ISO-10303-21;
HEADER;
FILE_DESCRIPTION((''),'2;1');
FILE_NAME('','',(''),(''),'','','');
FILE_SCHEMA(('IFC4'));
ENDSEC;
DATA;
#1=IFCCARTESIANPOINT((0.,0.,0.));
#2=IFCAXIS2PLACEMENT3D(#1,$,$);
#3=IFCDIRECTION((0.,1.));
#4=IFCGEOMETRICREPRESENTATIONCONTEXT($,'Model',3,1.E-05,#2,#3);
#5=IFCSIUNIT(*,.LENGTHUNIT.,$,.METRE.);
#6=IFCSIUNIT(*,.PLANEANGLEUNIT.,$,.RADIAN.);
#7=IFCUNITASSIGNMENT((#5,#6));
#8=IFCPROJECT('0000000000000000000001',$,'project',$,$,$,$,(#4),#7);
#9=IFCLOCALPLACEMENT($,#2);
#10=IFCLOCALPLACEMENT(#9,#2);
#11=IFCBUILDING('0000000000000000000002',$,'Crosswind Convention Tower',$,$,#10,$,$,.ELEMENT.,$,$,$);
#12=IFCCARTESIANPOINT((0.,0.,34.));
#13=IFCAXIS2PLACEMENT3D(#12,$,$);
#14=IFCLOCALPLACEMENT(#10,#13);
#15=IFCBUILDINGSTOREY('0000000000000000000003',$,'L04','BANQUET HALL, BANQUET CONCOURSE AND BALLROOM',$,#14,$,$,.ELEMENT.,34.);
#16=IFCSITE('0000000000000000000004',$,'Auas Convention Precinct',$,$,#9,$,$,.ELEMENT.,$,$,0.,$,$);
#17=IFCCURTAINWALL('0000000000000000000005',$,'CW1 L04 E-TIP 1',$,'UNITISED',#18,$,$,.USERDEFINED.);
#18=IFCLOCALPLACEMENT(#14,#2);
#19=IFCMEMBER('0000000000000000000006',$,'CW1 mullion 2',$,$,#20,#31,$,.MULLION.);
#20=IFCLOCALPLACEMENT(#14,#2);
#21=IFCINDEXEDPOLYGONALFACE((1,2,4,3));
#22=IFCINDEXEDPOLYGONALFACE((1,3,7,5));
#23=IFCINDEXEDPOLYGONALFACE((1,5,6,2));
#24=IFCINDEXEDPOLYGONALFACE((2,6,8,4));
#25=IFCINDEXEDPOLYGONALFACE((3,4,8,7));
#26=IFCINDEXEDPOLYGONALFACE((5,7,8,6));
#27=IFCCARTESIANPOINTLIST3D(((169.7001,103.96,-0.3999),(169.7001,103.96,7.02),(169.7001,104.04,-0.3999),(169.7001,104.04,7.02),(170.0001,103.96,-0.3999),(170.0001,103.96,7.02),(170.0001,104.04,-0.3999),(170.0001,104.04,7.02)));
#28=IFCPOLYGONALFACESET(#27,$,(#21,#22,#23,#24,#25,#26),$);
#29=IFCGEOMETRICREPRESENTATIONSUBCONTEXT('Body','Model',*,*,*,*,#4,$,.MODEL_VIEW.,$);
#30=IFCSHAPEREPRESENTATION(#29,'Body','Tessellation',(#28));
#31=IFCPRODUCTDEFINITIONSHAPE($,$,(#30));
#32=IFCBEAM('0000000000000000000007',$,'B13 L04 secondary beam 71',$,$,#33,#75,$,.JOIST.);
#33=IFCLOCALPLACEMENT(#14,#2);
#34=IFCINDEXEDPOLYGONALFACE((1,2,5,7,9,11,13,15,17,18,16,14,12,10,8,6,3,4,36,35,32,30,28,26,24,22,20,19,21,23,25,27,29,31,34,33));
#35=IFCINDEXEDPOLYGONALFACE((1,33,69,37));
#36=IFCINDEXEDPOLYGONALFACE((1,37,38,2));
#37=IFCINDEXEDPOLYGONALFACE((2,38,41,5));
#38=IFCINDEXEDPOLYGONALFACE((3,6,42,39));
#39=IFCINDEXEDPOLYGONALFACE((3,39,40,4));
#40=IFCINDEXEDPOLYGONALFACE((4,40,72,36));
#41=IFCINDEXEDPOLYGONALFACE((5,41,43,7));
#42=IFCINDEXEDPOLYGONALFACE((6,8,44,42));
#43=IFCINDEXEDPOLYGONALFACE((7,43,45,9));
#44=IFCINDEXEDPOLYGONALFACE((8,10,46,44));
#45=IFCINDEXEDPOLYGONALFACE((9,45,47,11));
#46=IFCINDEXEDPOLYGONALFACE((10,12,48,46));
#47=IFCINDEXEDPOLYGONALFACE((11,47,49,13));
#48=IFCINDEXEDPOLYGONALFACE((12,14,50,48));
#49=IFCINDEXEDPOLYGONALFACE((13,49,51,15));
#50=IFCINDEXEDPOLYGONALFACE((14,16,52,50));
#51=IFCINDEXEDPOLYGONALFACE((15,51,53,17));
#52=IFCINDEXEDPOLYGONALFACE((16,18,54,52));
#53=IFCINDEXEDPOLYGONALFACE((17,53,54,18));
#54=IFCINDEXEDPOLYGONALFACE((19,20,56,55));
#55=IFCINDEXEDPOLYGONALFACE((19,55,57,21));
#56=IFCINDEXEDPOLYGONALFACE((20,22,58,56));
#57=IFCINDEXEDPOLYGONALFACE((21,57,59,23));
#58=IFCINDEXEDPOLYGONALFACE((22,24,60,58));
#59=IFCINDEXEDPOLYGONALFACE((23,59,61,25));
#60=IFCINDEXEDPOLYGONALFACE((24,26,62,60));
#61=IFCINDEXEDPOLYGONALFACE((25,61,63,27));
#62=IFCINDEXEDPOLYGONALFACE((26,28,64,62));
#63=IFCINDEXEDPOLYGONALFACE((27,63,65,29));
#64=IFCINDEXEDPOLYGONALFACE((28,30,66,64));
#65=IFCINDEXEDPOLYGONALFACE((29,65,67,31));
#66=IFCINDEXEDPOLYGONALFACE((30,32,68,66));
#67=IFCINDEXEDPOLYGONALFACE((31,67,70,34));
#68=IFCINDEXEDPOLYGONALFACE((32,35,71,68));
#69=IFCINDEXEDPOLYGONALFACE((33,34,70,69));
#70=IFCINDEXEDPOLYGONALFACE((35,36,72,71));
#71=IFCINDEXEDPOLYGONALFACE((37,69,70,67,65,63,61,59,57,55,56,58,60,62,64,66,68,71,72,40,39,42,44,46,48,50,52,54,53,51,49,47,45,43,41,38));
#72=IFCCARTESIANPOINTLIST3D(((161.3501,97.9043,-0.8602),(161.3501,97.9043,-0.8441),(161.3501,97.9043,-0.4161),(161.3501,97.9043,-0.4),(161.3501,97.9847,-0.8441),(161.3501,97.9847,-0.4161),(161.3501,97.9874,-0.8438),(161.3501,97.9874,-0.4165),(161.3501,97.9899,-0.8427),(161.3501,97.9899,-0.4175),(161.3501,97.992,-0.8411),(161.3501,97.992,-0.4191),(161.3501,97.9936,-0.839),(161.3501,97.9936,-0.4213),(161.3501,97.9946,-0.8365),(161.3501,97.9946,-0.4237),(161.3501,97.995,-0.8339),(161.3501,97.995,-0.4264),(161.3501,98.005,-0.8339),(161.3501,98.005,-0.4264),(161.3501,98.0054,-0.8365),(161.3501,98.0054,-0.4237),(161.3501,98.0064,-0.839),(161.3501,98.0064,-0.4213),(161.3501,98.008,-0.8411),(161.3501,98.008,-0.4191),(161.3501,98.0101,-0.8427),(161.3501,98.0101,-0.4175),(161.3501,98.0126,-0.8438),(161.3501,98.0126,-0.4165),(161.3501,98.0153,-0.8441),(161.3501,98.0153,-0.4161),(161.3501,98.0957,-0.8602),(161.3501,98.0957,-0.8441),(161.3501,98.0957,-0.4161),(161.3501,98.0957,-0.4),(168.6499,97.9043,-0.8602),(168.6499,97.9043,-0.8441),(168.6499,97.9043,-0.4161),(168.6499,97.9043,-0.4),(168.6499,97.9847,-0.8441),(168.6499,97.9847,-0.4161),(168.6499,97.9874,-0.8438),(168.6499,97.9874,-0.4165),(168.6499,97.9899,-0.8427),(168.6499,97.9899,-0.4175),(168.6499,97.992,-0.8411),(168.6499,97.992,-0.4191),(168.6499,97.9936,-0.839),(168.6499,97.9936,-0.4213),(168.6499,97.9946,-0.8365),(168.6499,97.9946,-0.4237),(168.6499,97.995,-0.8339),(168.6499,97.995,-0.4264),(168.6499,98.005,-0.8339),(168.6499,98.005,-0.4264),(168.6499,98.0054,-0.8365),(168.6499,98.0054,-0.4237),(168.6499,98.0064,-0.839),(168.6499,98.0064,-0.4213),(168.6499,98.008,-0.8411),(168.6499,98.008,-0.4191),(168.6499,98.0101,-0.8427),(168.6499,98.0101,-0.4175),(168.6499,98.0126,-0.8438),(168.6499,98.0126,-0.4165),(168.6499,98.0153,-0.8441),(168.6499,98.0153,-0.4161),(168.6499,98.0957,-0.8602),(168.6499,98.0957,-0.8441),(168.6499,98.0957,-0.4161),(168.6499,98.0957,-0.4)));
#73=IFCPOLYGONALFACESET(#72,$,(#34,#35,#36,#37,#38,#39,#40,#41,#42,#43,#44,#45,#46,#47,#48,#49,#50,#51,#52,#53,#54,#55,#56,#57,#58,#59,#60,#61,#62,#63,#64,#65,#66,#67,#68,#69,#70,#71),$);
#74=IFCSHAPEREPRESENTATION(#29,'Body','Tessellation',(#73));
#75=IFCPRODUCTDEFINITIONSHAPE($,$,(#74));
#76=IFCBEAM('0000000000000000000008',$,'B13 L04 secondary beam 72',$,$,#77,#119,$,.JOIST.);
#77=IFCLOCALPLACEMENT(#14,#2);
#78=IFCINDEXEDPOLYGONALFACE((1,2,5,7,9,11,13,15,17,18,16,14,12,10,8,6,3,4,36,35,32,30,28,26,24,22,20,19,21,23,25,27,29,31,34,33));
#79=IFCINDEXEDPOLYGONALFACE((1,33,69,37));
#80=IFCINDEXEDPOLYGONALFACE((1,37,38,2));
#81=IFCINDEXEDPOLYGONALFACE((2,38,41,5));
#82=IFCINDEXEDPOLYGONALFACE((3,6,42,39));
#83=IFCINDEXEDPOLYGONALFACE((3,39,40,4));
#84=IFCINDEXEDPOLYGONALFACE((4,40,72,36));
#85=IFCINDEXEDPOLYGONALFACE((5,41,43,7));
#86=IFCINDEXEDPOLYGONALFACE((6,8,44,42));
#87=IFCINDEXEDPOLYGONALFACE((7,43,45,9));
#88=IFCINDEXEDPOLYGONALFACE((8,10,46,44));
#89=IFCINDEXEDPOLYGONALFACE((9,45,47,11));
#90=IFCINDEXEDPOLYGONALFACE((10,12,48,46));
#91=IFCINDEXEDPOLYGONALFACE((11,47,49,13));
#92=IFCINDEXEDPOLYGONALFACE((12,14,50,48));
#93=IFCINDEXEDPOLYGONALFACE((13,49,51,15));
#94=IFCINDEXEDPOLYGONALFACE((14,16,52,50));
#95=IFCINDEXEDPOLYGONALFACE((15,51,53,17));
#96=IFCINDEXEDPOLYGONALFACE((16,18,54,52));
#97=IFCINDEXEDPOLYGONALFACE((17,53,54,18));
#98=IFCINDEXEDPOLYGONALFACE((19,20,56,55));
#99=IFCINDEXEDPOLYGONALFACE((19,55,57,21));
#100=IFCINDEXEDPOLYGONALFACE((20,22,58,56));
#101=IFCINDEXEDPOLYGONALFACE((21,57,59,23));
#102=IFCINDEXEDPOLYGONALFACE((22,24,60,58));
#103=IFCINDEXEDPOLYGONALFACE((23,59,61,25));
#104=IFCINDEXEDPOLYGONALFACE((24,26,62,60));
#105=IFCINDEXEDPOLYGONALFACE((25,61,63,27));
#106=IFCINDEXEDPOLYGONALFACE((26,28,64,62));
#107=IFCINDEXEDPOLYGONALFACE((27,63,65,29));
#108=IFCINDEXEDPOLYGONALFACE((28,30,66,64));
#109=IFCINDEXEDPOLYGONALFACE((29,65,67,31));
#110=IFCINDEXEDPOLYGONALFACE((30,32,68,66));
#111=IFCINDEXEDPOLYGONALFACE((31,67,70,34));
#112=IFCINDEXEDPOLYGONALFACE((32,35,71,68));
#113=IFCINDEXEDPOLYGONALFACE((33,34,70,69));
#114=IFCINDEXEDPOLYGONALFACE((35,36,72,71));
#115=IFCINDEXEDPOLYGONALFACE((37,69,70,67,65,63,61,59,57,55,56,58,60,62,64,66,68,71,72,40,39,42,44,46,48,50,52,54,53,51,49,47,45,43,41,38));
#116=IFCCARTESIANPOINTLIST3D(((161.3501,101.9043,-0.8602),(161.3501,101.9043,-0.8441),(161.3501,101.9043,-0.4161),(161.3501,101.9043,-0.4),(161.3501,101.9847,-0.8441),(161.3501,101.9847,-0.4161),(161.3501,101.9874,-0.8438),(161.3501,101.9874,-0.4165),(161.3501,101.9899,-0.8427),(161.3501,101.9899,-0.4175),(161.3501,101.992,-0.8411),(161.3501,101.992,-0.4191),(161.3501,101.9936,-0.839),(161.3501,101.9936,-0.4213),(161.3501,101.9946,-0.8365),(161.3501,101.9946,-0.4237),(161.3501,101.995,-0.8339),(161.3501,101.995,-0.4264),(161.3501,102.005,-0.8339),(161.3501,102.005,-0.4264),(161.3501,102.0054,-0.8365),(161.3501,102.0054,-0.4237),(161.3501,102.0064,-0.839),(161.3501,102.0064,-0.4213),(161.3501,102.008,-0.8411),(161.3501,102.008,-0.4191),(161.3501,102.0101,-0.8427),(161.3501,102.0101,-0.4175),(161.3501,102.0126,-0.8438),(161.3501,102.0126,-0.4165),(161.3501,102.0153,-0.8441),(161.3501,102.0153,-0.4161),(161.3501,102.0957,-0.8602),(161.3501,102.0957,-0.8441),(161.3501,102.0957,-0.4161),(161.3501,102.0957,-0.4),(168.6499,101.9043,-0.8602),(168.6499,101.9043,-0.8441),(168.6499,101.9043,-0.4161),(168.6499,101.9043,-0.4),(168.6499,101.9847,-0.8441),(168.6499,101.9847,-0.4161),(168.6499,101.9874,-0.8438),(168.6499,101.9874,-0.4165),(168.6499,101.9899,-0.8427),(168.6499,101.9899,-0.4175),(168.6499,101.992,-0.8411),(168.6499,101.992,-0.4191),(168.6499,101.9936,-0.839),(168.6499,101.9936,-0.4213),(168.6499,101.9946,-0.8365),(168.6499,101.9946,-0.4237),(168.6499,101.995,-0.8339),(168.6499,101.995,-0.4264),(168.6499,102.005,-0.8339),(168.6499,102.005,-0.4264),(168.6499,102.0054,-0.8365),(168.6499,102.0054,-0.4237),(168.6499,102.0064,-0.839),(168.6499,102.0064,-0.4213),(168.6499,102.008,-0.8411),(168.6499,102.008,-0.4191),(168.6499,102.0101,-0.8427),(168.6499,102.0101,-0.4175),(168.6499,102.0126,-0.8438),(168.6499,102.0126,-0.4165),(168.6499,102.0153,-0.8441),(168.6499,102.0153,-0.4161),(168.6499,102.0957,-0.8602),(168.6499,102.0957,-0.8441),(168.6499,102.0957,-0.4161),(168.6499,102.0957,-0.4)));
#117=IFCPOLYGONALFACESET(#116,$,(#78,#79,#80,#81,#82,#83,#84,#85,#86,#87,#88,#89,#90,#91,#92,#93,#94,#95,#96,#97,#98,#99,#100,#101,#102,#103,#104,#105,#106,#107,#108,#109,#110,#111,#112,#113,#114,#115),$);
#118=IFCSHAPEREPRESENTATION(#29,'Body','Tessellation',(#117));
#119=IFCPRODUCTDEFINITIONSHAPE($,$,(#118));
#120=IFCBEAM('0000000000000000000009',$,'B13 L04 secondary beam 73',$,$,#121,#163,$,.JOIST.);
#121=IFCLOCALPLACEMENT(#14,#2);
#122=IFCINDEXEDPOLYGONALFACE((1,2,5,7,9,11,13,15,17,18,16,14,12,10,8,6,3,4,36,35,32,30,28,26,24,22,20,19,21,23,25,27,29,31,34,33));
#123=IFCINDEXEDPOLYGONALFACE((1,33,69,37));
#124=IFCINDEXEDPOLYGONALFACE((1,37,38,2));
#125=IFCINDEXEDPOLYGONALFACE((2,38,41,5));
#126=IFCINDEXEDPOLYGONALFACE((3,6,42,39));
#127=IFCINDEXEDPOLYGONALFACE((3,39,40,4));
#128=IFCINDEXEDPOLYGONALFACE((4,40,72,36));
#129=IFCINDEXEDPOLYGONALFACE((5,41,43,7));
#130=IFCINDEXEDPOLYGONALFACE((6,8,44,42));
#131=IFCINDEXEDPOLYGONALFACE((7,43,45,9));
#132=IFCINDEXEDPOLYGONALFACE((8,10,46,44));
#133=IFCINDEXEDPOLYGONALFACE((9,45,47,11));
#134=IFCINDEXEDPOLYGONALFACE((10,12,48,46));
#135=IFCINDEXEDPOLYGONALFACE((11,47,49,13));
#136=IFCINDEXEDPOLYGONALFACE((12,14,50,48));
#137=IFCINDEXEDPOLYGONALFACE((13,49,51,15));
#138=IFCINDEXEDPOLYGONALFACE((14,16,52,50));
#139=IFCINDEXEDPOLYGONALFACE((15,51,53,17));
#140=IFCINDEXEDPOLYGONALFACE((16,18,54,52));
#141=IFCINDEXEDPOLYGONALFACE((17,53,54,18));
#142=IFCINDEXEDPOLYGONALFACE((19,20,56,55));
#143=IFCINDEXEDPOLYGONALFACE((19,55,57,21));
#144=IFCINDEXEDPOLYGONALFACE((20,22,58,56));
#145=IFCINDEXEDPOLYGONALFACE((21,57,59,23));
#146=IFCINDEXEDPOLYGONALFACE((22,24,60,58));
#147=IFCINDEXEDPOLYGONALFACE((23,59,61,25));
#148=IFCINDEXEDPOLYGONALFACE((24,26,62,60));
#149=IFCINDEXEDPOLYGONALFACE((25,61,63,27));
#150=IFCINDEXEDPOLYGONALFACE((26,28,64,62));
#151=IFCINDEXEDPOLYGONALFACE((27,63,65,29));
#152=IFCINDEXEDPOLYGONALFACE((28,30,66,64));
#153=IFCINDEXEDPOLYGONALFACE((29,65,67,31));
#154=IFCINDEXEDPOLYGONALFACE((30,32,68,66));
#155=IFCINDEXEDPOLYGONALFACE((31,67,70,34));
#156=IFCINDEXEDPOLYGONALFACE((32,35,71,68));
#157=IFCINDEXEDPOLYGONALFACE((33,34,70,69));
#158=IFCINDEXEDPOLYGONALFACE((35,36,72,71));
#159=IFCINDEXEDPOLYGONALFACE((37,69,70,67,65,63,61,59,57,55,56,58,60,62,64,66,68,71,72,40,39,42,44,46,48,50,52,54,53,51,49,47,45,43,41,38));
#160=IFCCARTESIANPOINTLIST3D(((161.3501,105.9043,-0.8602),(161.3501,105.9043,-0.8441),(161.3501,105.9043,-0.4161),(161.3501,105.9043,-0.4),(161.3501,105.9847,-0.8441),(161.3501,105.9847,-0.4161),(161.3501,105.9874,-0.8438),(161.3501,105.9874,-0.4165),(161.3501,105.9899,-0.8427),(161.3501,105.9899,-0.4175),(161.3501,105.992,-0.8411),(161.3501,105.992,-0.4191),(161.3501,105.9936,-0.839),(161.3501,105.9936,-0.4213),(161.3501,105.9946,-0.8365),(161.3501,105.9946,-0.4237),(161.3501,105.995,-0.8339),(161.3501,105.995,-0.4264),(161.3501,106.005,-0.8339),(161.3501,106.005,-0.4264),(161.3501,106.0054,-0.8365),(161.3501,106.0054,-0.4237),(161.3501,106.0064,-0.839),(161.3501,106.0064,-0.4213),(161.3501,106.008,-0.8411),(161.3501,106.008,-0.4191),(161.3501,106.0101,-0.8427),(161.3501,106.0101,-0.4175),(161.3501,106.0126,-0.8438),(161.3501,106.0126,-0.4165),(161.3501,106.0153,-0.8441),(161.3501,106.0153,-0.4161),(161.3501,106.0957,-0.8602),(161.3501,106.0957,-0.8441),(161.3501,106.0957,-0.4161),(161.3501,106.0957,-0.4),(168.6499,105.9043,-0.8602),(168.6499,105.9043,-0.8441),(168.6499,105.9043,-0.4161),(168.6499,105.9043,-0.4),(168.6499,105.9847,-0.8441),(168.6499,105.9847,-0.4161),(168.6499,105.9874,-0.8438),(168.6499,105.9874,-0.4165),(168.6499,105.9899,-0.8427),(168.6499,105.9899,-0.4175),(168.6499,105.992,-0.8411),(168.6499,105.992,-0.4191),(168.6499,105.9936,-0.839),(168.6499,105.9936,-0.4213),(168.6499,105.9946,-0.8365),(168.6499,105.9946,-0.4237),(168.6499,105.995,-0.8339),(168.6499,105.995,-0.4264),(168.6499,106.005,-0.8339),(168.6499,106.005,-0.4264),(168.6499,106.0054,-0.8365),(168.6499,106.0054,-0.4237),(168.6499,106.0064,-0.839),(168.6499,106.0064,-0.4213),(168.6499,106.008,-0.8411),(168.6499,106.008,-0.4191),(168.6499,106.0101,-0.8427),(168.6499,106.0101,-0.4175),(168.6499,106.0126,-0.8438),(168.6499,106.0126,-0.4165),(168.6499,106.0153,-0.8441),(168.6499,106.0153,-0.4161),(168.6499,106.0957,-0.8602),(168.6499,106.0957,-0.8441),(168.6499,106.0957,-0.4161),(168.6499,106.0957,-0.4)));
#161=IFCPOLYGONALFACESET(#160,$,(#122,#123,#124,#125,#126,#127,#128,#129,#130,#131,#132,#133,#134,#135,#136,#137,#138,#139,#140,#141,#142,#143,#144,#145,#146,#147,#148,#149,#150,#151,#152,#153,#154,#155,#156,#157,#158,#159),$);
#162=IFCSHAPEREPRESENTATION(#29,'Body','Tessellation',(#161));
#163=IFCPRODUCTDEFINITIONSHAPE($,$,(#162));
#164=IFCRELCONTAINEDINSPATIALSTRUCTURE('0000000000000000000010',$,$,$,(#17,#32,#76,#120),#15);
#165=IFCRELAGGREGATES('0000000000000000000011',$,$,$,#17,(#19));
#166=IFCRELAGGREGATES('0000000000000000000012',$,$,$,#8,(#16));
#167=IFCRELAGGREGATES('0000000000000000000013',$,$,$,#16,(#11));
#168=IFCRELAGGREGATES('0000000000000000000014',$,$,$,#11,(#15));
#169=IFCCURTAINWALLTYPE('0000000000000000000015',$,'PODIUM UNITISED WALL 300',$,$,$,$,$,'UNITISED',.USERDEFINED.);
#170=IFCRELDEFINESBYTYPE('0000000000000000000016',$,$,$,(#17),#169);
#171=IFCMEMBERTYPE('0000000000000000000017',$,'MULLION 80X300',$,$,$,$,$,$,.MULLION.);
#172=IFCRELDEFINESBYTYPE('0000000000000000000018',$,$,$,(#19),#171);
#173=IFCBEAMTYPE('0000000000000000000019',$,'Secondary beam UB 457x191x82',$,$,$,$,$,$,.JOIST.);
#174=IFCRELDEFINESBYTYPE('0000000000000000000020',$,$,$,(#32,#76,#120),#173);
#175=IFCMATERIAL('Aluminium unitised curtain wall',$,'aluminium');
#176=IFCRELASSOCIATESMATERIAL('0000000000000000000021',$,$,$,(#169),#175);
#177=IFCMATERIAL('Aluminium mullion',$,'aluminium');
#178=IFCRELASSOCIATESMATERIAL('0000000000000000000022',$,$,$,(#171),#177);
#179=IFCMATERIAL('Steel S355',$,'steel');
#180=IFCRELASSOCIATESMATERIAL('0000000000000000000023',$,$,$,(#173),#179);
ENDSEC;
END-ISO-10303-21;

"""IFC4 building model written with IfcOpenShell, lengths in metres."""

from ifc_helpers import new_model, si_unit, direction, frame, origin, origin_2d, place, context, subcontext, project, spatial, rectangle, i_section, extrude, material, material_profile, profile_set, type_object, element, aggregate, save


model = new_model("IFC4")

# Units and contexts
model_context = context("Model", 3, precision=1e-05, world=origin(), true_north=direction((0.0, 1.0)))
body_context = subcontext(model_context, "Body", "Model", "MODEL_VIEW")
ifc_project = project(units=[si_unit("LENGTHUNIT", "METRE"), si_unit("PLANEANGLEUNIT", "RADIAN")], contexts=[model_context])

# Site, building, storey
site_placement = place(None, origin())
site = spatial("IfcSite", under=ifc_project, at=site_placement, Name="Auas Convention Precinct", CompositionType="ELEMENT", RefElevation=0.0)
building_placement = place(site_placement, origin())
building = spatial("IfcBuilding", under=site, at=building_placement, Name="Crosswind Convention Tower", CompositionType="ELEMENT")
storey_placement = place(building_placement, frame((0.0, 0.0, 34.0)))
storey = spatial("IfcBuildingStorey", under=building, at=storey_placement, Name="L04", Description="BANQUET HALL, BANQUET CONCOURSE AND BALLROOM", CompositionType="ELEMENT", Elevation=34.0)

# Curtain wall, member
ifc_material_1 = material(Name="Aluminium unitised curtain wall", Category="aluminium")
curtain_wall_type = type_object("IfcCurtainWallType", Name="PODIUM UNITISED WALL 300", ElementType="UNITISED", PredefinedType="USERDEFINED", material=ifc_material_1)
curtain_wall_placement = place(storey_placement, origin())
curtain_wall = element("IfcCurtainWall", 1, at=curtain_wall_placement, inside=storey, type_object=curtain_wall_type, Name="CW1 L04 E-TIP 1", ObjectType="UNITISED", PredefinedType="USERDEFINED")
ifc_material_2 = material(Name="Aluminium mullion", Category="aluminium")
ifc_material_profile_1 = material_profile(ifc_material_2, rectangle(XDim=0.3, YDim=0.0801, at=origin_2d()), Name="AL 300X80")
ifc_profile_set_1 = profile_set([ifc_material_profile_1], Name="Aluminium mullion")
member_type = type_object("IfcMemberType", Name="MULLION 80X300", PredefinedType="MULLION", material=ifc_profile_set_1)
member_placement = place(storey_placement, frame((169.8501, 104.0, -0.3999), z_axis=(0.0, 0.0, 1.0), x_axis=(1.0, 0.0, 0.0)))
member = element("IfcMember", 2, at=member_placement, type_object=member_type, Name="CW1 mullion 2", PredefinedType="MULLION", context=body_context, shape_type="SweptSolid", body=[
    extrude(rectangle(XDim=0.3, YDim=0.0801, at=origin_2d()), origin(), (0.0, 0.0, 1.0), 7.4199),
])

# Beams
ifc_material_3 = material(Name="Steel S355", Category="steel")
ifc_material_profile_2 = material_profile(ifc_material_3, i_section(OverallWidth=0.1914, OverallDepth=0.4602, WebThickness=0.01, FlangeThickness=0.0161, FilletRadius=0.0103, at=origin_2d()), Name="UB 457x191x82")
ifc_profile_set_2 = profile_set([ifc_material_profile_2], Name="Steel S355")
beam_type_1 = type_object("IfcBeamType", Name="Secondary beam UB 457x191x82", PredefinedType="JOIST", material=ifc_profile_set_2)
for number, where, z_axis, x_axis, name in (
    (3, (161.3501, 98.0, -0.6301), (1.0, 0.0, 0.0), (0.0, 1.0, 0.0), "B13 L04 secondary beam 71"),
    (4, (161.3501, 102.0, -0.6301), (1.0, 0.0, 0.0), (0.0, 1.0, 0.0), "B13 L04 secondary beam 72"),
    (5, (161.3501, 106.0, -0.6301), (1.0, 0.0, 0.0), (0.0, 1.0, 0.0), "B13 L04 secondary beam 73"),
):
    element("IfcBeam", number, at=place(storey_placement, frame(where, z_axis=z_axis, x_axis=x_axis)), inside=storey, type_object=beam_type_1, Name=name, PredefinedType="JOIST", context=body_context, shape_type="SweptSolid", body=[
        extrude(i_section(OverallWidth=0.1914, OverallDepth=0.4602, WebThickness=0.01, FlangeThickness=0.0161, FilletRadius=0.0103, at=origin_2d()), origin(), (0.0, 0.0, 1.0), 7.2998),
    ])

aggregate(curtain_wall, [member])

save(model, "model.ifc")
